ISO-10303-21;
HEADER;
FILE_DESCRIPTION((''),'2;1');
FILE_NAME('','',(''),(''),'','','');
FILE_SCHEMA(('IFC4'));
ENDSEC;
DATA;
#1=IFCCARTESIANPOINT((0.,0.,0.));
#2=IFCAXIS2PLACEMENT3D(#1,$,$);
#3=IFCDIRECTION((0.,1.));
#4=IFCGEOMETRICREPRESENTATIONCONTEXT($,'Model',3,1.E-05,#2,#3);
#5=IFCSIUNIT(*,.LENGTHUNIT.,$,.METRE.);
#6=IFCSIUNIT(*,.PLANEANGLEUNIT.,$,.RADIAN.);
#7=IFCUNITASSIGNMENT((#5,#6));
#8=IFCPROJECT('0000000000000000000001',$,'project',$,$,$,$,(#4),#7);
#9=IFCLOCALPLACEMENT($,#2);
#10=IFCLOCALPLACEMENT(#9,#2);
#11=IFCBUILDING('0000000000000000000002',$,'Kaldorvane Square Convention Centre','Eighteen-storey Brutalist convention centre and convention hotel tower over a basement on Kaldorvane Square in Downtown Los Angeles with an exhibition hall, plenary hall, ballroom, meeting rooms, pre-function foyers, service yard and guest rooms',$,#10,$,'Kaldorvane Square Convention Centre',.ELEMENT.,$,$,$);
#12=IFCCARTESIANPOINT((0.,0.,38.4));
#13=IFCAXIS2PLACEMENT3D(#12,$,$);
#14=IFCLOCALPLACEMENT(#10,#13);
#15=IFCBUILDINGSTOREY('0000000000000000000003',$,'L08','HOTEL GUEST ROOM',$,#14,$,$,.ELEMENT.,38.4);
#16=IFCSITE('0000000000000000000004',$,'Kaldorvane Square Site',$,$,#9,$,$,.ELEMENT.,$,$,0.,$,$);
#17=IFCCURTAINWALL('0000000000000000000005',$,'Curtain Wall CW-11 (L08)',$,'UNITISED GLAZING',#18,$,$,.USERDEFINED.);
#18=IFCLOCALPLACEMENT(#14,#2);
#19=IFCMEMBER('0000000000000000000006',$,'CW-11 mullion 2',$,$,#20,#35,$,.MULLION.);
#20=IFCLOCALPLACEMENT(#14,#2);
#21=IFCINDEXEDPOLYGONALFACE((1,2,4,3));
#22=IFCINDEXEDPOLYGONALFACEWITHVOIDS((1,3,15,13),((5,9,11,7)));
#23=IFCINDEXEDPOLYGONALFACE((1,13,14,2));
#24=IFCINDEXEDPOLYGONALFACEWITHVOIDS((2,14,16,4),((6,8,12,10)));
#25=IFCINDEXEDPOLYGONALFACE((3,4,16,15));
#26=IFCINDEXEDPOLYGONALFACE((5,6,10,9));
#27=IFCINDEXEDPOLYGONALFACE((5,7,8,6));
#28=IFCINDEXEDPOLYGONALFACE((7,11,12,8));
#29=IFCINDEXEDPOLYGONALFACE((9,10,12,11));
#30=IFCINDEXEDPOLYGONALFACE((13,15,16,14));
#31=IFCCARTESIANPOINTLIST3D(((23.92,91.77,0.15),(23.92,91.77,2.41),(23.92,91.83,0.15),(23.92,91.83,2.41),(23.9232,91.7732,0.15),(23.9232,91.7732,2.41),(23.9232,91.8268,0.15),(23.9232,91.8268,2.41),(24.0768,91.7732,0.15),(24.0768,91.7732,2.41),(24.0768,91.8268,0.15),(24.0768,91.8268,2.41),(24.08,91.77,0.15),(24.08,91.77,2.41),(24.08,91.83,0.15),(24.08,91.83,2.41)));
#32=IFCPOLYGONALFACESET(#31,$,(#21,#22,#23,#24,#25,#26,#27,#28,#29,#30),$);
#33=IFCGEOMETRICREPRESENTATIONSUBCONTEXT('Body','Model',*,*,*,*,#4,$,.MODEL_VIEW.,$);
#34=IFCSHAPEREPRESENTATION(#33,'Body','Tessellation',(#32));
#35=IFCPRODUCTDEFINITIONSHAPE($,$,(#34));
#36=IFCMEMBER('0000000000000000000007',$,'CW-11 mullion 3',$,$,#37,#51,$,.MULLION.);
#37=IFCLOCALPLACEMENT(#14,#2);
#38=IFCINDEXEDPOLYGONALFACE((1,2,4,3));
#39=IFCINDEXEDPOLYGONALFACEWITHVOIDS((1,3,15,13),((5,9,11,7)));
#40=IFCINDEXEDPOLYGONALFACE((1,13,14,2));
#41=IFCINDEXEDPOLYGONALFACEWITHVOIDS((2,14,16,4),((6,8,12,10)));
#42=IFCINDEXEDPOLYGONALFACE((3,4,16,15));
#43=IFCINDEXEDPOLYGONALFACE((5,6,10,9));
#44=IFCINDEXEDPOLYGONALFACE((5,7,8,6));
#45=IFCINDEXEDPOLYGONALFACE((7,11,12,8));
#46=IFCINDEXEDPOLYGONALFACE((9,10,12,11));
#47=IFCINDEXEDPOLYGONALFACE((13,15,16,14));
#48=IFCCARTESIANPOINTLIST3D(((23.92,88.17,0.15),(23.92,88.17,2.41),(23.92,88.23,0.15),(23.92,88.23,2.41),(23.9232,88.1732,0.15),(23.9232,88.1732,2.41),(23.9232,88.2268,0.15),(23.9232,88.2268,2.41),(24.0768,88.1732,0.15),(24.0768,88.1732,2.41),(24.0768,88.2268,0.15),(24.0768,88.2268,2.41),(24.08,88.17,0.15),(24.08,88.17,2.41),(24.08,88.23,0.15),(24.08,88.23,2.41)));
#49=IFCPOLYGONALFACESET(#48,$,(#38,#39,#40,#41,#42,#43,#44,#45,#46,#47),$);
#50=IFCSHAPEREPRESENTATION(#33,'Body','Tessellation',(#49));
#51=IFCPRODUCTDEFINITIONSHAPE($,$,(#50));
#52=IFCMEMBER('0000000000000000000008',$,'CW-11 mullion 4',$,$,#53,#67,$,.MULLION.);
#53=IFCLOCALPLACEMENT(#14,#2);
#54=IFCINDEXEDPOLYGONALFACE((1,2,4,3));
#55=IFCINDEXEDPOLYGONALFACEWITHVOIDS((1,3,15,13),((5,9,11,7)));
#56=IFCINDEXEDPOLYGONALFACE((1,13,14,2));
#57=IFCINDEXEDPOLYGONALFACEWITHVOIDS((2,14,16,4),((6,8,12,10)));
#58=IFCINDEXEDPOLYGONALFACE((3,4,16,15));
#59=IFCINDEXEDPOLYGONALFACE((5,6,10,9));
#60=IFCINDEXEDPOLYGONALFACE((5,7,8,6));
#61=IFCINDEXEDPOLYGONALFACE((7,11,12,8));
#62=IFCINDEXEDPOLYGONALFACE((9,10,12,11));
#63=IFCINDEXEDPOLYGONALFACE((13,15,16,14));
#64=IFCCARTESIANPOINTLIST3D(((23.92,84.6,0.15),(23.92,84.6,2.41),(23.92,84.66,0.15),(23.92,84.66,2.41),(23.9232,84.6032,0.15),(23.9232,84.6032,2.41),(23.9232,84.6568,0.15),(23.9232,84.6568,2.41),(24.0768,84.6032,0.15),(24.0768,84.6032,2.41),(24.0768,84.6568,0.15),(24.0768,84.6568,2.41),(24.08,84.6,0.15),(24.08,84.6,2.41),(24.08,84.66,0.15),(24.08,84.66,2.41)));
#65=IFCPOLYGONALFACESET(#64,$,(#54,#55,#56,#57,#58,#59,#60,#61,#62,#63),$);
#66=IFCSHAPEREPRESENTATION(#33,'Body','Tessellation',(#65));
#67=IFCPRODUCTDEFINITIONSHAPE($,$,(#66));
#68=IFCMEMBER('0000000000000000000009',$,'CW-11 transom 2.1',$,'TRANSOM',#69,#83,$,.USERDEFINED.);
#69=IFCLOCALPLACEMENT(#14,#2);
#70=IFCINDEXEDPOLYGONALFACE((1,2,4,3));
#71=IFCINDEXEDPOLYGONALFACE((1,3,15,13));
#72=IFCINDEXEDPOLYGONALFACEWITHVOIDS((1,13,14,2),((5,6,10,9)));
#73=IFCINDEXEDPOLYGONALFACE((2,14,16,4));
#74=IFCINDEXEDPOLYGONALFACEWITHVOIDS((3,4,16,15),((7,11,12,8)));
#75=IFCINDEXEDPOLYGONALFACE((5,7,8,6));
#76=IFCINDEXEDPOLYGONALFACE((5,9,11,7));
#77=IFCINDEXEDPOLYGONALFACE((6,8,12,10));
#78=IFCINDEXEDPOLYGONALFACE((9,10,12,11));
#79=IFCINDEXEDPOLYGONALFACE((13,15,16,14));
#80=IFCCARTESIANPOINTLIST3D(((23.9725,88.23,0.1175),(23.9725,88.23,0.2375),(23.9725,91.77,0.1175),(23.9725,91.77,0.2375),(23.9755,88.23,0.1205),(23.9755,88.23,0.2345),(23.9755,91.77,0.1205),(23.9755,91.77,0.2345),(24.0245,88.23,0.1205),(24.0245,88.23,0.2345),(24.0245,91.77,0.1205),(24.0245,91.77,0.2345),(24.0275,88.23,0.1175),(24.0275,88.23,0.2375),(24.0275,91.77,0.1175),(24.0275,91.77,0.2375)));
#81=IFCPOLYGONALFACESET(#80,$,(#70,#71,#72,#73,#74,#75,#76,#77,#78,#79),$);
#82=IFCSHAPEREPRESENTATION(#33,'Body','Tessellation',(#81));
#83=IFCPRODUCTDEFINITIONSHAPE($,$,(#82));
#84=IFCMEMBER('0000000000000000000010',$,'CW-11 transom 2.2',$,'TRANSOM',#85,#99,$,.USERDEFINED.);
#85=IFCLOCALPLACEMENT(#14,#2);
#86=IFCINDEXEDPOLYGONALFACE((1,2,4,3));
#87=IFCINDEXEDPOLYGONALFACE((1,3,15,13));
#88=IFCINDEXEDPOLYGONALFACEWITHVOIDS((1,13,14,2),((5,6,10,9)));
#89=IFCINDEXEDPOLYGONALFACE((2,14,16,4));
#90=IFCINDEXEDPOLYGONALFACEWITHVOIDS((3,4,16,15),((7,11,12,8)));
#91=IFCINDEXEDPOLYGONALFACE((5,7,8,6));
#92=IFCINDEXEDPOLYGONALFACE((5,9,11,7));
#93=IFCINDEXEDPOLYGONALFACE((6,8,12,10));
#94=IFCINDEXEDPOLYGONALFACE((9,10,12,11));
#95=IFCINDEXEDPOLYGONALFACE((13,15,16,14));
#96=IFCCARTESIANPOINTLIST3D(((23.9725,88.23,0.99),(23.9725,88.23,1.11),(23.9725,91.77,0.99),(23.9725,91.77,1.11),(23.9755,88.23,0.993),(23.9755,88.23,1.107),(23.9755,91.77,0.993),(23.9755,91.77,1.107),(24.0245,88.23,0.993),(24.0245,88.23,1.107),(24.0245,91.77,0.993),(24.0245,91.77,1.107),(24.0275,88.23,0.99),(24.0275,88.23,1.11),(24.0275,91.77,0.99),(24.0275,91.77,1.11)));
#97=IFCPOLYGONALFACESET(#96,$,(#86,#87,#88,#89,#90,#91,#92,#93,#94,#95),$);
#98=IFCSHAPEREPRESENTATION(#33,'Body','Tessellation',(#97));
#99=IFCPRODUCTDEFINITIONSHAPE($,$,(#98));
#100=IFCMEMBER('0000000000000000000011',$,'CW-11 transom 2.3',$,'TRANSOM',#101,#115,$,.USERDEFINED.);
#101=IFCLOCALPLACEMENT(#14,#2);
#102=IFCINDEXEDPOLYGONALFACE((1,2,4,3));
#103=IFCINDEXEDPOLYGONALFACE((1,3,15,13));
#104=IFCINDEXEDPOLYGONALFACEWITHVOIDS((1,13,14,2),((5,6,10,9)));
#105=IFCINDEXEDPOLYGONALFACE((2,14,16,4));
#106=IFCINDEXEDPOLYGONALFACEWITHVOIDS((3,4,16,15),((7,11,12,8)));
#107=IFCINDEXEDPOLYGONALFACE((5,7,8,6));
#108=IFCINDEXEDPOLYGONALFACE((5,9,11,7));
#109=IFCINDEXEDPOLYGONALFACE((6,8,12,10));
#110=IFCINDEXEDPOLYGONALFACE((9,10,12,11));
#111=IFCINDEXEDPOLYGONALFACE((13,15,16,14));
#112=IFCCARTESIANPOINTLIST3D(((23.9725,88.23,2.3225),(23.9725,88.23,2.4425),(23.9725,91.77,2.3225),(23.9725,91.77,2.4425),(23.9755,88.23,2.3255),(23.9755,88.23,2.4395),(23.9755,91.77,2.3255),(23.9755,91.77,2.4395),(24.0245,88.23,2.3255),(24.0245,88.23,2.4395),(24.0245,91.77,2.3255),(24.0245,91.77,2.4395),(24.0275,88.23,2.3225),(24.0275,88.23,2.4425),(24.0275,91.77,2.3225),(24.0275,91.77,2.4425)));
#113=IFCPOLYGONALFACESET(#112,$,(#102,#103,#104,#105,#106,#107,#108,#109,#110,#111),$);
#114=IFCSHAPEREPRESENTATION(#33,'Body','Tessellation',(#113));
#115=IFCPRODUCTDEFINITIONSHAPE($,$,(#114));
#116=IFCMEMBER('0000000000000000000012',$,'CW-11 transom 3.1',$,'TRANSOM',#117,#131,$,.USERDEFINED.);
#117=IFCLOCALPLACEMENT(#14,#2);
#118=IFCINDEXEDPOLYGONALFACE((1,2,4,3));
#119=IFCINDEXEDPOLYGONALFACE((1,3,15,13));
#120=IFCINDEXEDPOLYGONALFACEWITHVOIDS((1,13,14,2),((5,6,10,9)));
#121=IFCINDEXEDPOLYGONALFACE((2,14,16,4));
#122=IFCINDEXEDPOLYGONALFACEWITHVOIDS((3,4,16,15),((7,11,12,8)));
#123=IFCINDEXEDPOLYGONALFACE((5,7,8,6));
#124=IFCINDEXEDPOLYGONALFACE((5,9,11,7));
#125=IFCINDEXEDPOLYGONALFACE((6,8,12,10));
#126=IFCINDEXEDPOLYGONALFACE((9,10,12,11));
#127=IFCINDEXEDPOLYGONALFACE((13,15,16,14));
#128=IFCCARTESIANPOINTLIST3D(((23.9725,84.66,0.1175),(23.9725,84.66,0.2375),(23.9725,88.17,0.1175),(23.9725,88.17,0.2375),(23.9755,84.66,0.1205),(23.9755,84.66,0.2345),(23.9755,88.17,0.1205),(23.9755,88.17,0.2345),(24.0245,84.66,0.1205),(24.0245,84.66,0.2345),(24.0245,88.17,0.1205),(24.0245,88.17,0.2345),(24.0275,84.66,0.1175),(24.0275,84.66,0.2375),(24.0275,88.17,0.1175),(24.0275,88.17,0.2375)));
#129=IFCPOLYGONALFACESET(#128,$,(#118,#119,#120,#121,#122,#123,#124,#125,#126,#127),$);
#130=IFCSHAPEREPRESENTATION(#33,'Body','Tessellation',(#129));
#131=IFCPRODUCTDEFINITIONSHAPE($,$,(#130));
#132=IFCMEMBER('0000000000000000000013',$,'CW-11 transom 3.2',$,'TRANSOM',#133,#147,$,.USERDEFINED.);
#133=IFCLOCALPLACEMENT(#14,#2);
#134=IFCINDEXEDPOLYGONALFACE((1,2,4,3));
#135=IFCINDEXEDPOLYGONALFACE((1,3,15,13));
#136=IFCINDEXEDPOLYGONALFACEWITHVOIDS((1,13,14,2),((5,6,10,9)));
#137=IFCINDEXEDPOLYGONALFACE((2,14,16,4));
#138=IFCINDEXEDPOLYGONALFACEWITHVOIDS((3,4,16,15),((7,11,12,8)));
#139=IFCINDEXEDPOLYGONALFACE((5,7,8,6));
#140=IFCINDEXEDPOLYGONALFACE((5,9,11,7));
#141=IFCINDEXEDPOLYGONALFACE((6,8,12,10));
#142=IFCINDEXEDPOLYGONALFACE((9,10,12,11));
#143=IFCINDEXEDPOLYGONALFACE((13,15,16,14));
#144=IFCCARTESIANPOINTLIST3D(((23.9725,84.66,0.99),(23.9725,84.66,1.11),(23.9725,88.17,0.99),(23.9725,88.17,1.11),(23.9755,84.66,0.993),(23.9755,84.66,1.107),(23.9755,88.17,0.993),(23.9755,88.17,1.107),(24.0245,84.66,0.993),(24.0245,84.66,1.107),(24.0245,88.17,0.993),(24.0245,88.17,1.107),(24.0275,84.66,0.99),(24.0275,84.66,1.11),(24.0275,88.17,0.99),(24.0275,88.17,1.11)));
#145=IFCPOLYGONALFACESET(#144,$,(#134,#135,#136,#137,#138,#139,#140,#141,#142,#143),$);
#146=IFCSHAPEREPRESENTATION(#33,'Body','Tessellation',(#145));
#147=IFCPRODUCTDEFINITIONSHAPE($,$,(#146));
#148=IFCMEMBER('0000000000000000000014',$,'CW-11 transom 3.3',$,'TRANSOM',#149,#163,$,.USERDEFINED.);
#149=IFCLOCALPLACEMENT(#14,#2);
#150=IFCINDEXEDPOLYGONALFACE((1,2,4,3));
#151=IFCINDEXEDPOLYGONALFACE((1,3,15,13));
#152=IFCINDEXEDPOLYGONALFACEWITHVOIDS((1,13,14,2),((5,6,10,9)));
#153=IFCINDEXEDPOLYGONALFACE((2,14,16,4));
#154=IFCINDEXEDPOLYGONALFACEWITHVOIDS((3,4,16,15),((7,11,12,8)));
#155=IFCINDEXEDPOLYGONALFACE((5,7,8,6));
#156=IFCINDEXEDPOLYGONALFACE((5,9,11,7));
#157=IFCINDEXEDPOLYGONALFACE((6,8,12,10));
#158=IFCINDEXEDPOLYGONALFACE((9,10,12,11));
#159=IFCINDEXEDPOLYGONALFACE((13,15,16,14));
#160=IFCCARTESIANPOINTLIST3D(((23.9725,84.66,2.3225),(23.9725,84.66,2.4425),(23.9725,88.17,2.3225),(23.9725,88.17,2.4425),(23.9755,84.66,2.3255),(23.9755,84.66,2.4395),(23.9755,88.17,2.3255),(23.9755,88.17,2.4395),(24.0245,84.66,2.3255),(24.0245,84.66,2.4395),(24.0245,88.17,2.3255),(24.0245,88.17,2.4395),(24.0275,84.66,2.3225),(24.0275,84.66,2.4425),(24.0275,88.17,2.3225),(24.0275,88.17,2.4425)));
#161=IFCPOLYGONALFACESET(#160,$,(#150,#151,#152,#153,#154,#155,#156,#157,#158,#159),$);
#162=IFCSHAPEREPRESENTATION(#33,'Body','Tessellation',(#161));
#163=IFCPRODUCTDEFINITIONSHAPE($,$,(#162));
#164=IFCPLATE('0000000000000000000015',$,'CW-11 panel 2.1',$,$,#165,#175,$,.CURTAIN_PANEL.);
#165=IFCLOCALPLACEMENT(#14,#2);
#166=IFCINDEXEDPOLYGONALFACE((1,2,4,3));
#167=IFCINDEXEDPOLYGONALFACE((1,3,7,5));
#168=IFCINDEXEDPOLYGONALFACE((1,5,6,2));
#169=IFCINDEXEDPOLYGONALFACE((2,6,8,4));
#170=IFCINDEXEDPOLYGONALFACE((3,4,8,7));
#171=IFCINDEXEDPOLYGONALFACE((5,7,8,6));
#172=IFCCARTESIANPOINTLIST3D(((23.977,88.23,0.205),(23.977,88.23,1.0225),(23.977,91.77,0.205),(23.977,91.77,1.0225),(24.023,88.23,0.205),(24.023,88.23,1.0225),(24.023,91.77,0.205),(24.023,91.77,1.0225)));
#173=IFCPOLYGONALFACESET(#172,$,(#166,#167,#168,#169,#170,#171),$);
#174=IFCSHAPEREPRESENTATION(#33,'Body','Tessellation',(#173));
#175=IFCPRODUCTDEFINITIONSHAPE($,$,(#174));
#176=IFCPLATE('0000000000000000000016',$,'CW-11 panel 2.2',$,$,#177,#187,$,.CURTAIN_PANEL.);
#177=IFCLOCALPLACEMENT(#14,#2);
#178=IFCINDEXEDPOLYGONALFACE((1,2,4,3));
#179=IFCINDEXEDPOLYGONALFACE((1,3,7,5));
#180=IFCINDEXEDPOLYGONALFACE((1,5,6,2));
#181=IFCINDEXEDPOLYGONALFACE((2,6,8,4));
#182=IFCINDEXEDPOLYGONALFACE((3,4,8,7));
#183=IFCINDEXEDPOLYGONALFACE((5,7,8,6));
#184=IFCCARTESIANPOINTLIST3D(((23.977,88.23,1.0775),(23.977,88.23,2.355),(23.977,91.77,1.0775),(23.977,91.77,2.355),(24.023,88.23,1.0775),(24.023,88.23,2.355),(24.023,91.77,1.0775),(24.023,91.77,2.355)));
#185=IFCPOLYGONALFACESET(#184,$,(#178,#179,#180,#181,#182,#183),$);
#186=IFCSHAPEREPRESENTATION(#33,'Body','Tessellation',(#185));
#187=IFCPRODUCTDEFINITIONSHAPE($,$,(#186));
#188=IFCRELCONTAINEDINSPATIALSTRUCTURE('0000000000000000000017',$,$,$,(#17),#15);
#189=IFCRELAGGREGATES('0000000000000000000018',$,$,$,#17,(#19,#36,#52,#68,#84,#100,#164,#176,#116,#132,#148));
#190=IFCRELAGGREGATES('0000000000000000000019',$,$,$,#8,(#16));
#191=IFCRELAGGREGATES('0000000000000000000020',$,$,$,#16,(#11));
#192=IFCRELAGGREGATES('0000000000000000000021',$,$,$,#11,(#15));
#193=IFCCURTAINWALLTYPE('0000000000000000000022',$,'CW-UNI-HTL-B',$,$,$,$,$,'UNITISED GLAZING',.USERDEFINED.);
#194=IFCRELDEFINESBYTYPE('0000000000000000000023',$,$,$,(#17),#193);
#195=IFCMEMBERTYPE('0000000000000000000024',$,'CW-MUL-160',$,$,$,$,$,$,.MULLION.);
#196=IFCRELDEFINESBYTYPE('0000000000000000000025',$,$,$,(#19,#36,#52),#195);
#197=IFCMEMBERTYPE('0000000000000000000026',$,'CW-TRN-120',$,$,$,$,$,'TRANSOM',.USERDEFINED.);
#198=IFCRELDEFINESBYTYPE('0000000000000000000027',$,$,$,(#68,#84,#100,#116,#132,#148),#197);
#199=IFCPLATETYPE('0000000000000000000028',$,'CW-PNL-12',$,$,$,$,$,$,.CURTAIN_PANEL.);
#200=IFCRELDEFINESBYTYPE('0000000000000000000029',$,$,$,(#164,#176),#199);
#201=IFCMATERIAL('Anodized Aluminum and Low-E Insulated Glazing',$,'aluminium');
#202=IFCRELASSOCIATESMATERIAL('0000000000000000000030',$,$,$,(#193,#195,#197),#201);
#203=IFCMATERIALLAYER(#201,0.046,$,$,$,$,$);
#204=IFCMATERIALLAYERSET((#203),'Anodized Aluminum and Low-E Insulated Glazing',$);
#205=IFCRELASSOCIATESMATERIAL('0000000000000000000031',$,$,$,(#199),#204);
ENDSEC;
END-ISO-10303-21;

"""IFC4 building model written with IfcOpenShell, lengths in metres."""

from ifc_helpers import new_model, si_unit, direction, frame, origin, origin_2d, place, context, subcontext, project, spatial, rectangle, hollow_rectangle, extrude, material, layer, layer_set, material_profile, profile_set, type_object, element, aggregate, save


model = new_model("IFC4")

# Units and contexts
model_context = context("Model", 3, precision=1e-05, world=origin(), true_north=direction((0.0, 1.0)))
body_context = subcontext(model_context, "Body", "Model", "MODEL_VIEW")
ifc_project = project(units=[si_unit("LENGTHUNIT", "METRE"), si_unit("PLANEANGLEUNIT", "RADIAN")], contexts=[model_context])

# Site, building, storey
site_placement = place(None, origin())
site = spatial("IfcSite", under=ifc_project, at=site_placement, Name="Kaldorvane Square Site", CompositionType="ELEMENT", RefElevation=0.0)
building_placement = place(site_placement, origin())
building = spatial("IfcBuilding", under=site, at=building_placement, Name="Kaldorvane Square Convention Centre", Description="Eighteen-storey Brutalist convention centre and convention hotel tower over a basement on Kaldorvane Square in Downtown Los Angeles with an exhibition hall, plenary hall, ballroom, meeting rooms, pre-function foyers, service yard and guest rooms", LongName="Kaldorvane Square Convention Centre", CompositionType="ELEMENT")
storey_placement = place(building_placement, frame((0.0, 0.0, 38.4)))
storey = spatial("IfcBuildingStorey", under=building, at=storey_placement, Name="L08", Description="HOTEL GUEST ROOM", CompositionType="ELEMENT", Elevation=38.4)

# Curtain wall, members, plates
ifc_material_1 = material(Name="Anodized Aluminum and Low-E Insulated Glazing", Category="aluminium")
curtain_wall_type = type_object("IfcCurtainWallType", Name="CW-UNI-HTL-B", ElementType="UNITISED GLAZING", PredefinedType="USERDEFINED", material=ifc_material_1)
curtain_wall_placement = place(storey_placement, origin())
curtain_wall = element("IfcCurtainWall", 1, at=curtain_wall_placement, inside=storey, type_object=curtain_wall_type, Name="Curtain Wall CW-11 (L08)", ObjectType="UNITISED GLAZING", PredefinedType="USERDEFINED")
ifc_material_profile_1 = material_profile(ifc_material_1, hollow_rectangle(XDim=0.06, YDim=0.16, WallThickness=0.0032, at=origin_2d()), Name="CWM-160X60")
ifc_profile_set_1 = profile_set([ifc_material_profile_1], Name="Anodized Aluminum and Low-E Insulated Glazing")
member_type_1 = type_object("IfcMemberType", Name="CW-MUL-160", PredefinedType="MULLION", material=ifc_profile_set_1)
member_1_placement = place(storey_placement, frame((24.0, 91.8, 0.15), z_axis=(0.0, 0.0, 1.0), x_axis=(0.0, -1.0, 0.0)))
member_1 = element("IfcMember", 2, at=member_1_placement, type_object=member_type_1, Name="CW-11 mullion 2", PredefinedType="MULLION", context=body_context, shape_type="SweptSolid", body=[
    extrude(hollow_rectangle(XDim=0.06, YDim=0.16, WallThickness=0.0032, at=origin_2d()), origin(), (0.0, 0.0, 1.0), 2.26),
])
member_2_placement = place(storey_placement, frame((24.0, 88.2, 0.15), z_axis=(0.0, 0.0, 1.0), x_axis=(0.0, -1.0, 0.0)))
member_2 = element("IfcMember", 3, at=member_2_placement, type_object=member_type_1, Name="CW-11 mullion 3", PredefinedType="MULLION", context=body_context, shape_type="SweptSolid", body=[
    extrude(hollow_rectangle(XDim=0.06, YDim=0.16, WallThickness=0.0032, at=origin_2d()), origin(), (0.0, 0.0, 1.0), 2.26),
])
member_3_placement = place(storey_placement, frame((24.0, 84.63, 0.15), z_axis=(0.0, 0.0, 1.0), x_axis=(0.0, -1.0, 0.0)))
member_3 = element("IfcMember", 4, at=member_3_placement, type_object=member_type_1, Name="CW-11 mullion 4", PredefinedType="MULLION", context=body_context, shape_type="SweptSolid", body=[
    extrude(hollow_rectangle(XDim=0.06, YDim=0.16, WallThickness=0.0032, at=origin_2d()), origin(), (0.0, 0.0, 1.0), 2.26),
])
ifc_material_profile_2 = material_profile(ifc_material_1, hollow_rectangle(XDim=0.055, YDim=0.12, WallThickness=0.003, at=origin_2d()), Name="CWT-120X55")
ifc_profile_set_2 = profile_set([ifc_material_profile_2], Name="Anodized Aluminum and Low-E Insulated Glazing")
member_type_2 = type_object("IfcMemberType", Name="CW-TRN-120", ElementType="TRANSOM", PredefinedType="USERDEFINED", material=ifc_profile_set_2)
member_4_placement = place(storey_placement, frame((24.0, 91.77, 0.1775), z_axis=(0.0, -1.0, 0.0), x_axis=(1.0, 0.0, 0.0)))
member_4 = element("IfcMember", 5, at=member_4_placement, type_object=member_type_2, Name="CW-11 transom 2.1", ObjectType="TRANSOM", PredefinedType="USERDEFINED", context=body_context, shape_type="SweptSolid", body=[
    extrude(hollow_rectangle(XDim=0.055, YDim=0.12, WallThickness=0.003, at=origin_2d()), origin(), (0.0, 0.0, 1.0), 3.54),
])
member_5_placement = place(storey_placement, frame((24.0, 91.77, 1.05), z_axis=(0.0, -1.0, 0.0), x_axis=(1.0, 0.0, 0.0)))
member_5 = element("IfcMember", 6, at=member_5_placement, type_object=member_type_2, Name="CW-11 transom 2.2", ObjectType="TRANSOM", PredefinedType="USERDEFINED", context=body_context, shape_type="SweptSolid", body=[
    extrude(hollow_rectangle(XDim=0.055, YDim=0.12, WallThickness=0.003, at=origin_2d()), origin(), (0.0, 0.0, 1.0), 3.54),
])
member_6_placement = place(storey_placement, frame((24.0, 91.77, 2.3825), z_axis=(0.0, -1.0, 0.0), x_axis=(1.0, 0.0, 0.0)))
member_6 = element("IfcMember", 7, at=member_6_placement, type_object=member_type_2, Name="CW-11 transom 2.3", ObjectType="TRANSOM", PredefinedType="USERDEFINED", context=body_context, shape_type="SweptSolid", body=[
    extrude(hollow_rectangle(XDim=0.055, YDim=0.12, WallThickness=0.003, at=origin_2d()), origin(), (0.0, 0.0, 1.0), 3.54),
])
member_7_placement = place(storey_placement, frame((24.0, 88.17, 0.1775), z_axis=(0.0, -1.0, 0.0), x_axis=(1.0, 0.0, 0.0)))
member_7 = element("IfcMember", 8, at=member_7_placement, type_object=member_type_2, Name="CW-11 transom 3.1", ObjectType="TRANSOM", PredefinedType="USERDEFINED", context=body_context, shape_type="SweptSolid", body=[
    extrude(hollow_rectangle(XDim=0.055, YDim=0.12, WallThickness=0.003, at=origin_2d()), origin(), (0.0, 0.0, 1.0), 3.51),
])
member_8_placement = place(storey_placement, frame((24.0, 88.17, 1.05), z_axis=(0.0, -1.0, 0.0), x_axis=(1.0, 0.0, 0.0)))
member_8 = element("IfcMember", 9, at=member_8_placement, type_object=member_type_2, Name="CW-11 transom 3.2", ObjectType="TRANSOM", PredefinedType="USERDEFINED", context=body_context, shape_type="SweptSolid", body=[
    extrude(hollow_rectangle(XDim=0.055, YDim=0.12, WallThickness=0.003, at=origin_2d()), origin(), (0.0, 0.0, 1.0), 3.51),
])
member_9_placement = place(storey_placement, frame((24.0, 88.17, 2.3825), z_axis=(0.0, -1.0, 0.0), x_axis=(1.0, 0.0, 0.0)))
member_9 = element("IfcMember", 10, at=member_9_placement, type_object=member_type_2, Name="CW-11 transom 3.3", ObjectType="TRANSOM", PredefinedType="USERDEFINED", context=body_context, shape_type="SweptSolid", body=[
    extrude(hollow_rectangle(XDim=0.055, YDim=0.12, WallThickness=0.003, at=origin_2d()), origin(), (0.0, 0.0, 1.0), 3.51),
])
ifc_layer_1 = layer(ifc_material_1, 0.046)
ifc_layer_set_1 = layer_set([ifc_layer_1], Name="Anodized Aluminum and Low-E Insulated Glazing")
plate_type = type_object("IfcPlateType", Name="CW-PNL-12", PredefinedType="CURTAIN_PANEL", material=ifc_layer_set_1)
plate_1_placement = place(storey_placement, frame((24.0, 90.0, 0.205), z_axis=(0.0, 0.0, 1.0), x_axis=(0.0, -1.0, 0.0)))
plate_1 = element("IfcPlate", 11, at=plate_1_placement, type_object=plate_type, Name="CW-11 panel 2.1", PredefinedType="CURTAIN_PANEL", context=body_context, shape_type="SweptSolid", body=[
    extrude(rectangle(XDim=3.54, YDim=0.046, at=origin_2d()), origin(), (0.0, 0.0, 1.0), 0.8175),
])
plate_2_placement = place(storey_placement, frame((24.0, 90.0, 1.0775), z_axis=(0.0, 0.0, 1.0), x_axis=(0.0, -1.0, 0.0)))
plate_2 = element("IfcPlate", 12, at=plate_2_placement, type_object=plate_type, Name="CW-11 panel 2.2", PredefinedType="CURTAIN_PANEL", context=body_context, shape_type="SweptSolid", body=[
    extrude(rectangle(XDim=3.54, YDim=0.046, at=origin_2d()), origin(), (0.0, 0.0, 1.0), 1.2775),
])
aggregate(curtain_wall, [member_1, member_2, member_3, member_4, member_5, member_6, plate_1, plate_2, member_7, member_8, member_9])

save(model, "model.ifc")
